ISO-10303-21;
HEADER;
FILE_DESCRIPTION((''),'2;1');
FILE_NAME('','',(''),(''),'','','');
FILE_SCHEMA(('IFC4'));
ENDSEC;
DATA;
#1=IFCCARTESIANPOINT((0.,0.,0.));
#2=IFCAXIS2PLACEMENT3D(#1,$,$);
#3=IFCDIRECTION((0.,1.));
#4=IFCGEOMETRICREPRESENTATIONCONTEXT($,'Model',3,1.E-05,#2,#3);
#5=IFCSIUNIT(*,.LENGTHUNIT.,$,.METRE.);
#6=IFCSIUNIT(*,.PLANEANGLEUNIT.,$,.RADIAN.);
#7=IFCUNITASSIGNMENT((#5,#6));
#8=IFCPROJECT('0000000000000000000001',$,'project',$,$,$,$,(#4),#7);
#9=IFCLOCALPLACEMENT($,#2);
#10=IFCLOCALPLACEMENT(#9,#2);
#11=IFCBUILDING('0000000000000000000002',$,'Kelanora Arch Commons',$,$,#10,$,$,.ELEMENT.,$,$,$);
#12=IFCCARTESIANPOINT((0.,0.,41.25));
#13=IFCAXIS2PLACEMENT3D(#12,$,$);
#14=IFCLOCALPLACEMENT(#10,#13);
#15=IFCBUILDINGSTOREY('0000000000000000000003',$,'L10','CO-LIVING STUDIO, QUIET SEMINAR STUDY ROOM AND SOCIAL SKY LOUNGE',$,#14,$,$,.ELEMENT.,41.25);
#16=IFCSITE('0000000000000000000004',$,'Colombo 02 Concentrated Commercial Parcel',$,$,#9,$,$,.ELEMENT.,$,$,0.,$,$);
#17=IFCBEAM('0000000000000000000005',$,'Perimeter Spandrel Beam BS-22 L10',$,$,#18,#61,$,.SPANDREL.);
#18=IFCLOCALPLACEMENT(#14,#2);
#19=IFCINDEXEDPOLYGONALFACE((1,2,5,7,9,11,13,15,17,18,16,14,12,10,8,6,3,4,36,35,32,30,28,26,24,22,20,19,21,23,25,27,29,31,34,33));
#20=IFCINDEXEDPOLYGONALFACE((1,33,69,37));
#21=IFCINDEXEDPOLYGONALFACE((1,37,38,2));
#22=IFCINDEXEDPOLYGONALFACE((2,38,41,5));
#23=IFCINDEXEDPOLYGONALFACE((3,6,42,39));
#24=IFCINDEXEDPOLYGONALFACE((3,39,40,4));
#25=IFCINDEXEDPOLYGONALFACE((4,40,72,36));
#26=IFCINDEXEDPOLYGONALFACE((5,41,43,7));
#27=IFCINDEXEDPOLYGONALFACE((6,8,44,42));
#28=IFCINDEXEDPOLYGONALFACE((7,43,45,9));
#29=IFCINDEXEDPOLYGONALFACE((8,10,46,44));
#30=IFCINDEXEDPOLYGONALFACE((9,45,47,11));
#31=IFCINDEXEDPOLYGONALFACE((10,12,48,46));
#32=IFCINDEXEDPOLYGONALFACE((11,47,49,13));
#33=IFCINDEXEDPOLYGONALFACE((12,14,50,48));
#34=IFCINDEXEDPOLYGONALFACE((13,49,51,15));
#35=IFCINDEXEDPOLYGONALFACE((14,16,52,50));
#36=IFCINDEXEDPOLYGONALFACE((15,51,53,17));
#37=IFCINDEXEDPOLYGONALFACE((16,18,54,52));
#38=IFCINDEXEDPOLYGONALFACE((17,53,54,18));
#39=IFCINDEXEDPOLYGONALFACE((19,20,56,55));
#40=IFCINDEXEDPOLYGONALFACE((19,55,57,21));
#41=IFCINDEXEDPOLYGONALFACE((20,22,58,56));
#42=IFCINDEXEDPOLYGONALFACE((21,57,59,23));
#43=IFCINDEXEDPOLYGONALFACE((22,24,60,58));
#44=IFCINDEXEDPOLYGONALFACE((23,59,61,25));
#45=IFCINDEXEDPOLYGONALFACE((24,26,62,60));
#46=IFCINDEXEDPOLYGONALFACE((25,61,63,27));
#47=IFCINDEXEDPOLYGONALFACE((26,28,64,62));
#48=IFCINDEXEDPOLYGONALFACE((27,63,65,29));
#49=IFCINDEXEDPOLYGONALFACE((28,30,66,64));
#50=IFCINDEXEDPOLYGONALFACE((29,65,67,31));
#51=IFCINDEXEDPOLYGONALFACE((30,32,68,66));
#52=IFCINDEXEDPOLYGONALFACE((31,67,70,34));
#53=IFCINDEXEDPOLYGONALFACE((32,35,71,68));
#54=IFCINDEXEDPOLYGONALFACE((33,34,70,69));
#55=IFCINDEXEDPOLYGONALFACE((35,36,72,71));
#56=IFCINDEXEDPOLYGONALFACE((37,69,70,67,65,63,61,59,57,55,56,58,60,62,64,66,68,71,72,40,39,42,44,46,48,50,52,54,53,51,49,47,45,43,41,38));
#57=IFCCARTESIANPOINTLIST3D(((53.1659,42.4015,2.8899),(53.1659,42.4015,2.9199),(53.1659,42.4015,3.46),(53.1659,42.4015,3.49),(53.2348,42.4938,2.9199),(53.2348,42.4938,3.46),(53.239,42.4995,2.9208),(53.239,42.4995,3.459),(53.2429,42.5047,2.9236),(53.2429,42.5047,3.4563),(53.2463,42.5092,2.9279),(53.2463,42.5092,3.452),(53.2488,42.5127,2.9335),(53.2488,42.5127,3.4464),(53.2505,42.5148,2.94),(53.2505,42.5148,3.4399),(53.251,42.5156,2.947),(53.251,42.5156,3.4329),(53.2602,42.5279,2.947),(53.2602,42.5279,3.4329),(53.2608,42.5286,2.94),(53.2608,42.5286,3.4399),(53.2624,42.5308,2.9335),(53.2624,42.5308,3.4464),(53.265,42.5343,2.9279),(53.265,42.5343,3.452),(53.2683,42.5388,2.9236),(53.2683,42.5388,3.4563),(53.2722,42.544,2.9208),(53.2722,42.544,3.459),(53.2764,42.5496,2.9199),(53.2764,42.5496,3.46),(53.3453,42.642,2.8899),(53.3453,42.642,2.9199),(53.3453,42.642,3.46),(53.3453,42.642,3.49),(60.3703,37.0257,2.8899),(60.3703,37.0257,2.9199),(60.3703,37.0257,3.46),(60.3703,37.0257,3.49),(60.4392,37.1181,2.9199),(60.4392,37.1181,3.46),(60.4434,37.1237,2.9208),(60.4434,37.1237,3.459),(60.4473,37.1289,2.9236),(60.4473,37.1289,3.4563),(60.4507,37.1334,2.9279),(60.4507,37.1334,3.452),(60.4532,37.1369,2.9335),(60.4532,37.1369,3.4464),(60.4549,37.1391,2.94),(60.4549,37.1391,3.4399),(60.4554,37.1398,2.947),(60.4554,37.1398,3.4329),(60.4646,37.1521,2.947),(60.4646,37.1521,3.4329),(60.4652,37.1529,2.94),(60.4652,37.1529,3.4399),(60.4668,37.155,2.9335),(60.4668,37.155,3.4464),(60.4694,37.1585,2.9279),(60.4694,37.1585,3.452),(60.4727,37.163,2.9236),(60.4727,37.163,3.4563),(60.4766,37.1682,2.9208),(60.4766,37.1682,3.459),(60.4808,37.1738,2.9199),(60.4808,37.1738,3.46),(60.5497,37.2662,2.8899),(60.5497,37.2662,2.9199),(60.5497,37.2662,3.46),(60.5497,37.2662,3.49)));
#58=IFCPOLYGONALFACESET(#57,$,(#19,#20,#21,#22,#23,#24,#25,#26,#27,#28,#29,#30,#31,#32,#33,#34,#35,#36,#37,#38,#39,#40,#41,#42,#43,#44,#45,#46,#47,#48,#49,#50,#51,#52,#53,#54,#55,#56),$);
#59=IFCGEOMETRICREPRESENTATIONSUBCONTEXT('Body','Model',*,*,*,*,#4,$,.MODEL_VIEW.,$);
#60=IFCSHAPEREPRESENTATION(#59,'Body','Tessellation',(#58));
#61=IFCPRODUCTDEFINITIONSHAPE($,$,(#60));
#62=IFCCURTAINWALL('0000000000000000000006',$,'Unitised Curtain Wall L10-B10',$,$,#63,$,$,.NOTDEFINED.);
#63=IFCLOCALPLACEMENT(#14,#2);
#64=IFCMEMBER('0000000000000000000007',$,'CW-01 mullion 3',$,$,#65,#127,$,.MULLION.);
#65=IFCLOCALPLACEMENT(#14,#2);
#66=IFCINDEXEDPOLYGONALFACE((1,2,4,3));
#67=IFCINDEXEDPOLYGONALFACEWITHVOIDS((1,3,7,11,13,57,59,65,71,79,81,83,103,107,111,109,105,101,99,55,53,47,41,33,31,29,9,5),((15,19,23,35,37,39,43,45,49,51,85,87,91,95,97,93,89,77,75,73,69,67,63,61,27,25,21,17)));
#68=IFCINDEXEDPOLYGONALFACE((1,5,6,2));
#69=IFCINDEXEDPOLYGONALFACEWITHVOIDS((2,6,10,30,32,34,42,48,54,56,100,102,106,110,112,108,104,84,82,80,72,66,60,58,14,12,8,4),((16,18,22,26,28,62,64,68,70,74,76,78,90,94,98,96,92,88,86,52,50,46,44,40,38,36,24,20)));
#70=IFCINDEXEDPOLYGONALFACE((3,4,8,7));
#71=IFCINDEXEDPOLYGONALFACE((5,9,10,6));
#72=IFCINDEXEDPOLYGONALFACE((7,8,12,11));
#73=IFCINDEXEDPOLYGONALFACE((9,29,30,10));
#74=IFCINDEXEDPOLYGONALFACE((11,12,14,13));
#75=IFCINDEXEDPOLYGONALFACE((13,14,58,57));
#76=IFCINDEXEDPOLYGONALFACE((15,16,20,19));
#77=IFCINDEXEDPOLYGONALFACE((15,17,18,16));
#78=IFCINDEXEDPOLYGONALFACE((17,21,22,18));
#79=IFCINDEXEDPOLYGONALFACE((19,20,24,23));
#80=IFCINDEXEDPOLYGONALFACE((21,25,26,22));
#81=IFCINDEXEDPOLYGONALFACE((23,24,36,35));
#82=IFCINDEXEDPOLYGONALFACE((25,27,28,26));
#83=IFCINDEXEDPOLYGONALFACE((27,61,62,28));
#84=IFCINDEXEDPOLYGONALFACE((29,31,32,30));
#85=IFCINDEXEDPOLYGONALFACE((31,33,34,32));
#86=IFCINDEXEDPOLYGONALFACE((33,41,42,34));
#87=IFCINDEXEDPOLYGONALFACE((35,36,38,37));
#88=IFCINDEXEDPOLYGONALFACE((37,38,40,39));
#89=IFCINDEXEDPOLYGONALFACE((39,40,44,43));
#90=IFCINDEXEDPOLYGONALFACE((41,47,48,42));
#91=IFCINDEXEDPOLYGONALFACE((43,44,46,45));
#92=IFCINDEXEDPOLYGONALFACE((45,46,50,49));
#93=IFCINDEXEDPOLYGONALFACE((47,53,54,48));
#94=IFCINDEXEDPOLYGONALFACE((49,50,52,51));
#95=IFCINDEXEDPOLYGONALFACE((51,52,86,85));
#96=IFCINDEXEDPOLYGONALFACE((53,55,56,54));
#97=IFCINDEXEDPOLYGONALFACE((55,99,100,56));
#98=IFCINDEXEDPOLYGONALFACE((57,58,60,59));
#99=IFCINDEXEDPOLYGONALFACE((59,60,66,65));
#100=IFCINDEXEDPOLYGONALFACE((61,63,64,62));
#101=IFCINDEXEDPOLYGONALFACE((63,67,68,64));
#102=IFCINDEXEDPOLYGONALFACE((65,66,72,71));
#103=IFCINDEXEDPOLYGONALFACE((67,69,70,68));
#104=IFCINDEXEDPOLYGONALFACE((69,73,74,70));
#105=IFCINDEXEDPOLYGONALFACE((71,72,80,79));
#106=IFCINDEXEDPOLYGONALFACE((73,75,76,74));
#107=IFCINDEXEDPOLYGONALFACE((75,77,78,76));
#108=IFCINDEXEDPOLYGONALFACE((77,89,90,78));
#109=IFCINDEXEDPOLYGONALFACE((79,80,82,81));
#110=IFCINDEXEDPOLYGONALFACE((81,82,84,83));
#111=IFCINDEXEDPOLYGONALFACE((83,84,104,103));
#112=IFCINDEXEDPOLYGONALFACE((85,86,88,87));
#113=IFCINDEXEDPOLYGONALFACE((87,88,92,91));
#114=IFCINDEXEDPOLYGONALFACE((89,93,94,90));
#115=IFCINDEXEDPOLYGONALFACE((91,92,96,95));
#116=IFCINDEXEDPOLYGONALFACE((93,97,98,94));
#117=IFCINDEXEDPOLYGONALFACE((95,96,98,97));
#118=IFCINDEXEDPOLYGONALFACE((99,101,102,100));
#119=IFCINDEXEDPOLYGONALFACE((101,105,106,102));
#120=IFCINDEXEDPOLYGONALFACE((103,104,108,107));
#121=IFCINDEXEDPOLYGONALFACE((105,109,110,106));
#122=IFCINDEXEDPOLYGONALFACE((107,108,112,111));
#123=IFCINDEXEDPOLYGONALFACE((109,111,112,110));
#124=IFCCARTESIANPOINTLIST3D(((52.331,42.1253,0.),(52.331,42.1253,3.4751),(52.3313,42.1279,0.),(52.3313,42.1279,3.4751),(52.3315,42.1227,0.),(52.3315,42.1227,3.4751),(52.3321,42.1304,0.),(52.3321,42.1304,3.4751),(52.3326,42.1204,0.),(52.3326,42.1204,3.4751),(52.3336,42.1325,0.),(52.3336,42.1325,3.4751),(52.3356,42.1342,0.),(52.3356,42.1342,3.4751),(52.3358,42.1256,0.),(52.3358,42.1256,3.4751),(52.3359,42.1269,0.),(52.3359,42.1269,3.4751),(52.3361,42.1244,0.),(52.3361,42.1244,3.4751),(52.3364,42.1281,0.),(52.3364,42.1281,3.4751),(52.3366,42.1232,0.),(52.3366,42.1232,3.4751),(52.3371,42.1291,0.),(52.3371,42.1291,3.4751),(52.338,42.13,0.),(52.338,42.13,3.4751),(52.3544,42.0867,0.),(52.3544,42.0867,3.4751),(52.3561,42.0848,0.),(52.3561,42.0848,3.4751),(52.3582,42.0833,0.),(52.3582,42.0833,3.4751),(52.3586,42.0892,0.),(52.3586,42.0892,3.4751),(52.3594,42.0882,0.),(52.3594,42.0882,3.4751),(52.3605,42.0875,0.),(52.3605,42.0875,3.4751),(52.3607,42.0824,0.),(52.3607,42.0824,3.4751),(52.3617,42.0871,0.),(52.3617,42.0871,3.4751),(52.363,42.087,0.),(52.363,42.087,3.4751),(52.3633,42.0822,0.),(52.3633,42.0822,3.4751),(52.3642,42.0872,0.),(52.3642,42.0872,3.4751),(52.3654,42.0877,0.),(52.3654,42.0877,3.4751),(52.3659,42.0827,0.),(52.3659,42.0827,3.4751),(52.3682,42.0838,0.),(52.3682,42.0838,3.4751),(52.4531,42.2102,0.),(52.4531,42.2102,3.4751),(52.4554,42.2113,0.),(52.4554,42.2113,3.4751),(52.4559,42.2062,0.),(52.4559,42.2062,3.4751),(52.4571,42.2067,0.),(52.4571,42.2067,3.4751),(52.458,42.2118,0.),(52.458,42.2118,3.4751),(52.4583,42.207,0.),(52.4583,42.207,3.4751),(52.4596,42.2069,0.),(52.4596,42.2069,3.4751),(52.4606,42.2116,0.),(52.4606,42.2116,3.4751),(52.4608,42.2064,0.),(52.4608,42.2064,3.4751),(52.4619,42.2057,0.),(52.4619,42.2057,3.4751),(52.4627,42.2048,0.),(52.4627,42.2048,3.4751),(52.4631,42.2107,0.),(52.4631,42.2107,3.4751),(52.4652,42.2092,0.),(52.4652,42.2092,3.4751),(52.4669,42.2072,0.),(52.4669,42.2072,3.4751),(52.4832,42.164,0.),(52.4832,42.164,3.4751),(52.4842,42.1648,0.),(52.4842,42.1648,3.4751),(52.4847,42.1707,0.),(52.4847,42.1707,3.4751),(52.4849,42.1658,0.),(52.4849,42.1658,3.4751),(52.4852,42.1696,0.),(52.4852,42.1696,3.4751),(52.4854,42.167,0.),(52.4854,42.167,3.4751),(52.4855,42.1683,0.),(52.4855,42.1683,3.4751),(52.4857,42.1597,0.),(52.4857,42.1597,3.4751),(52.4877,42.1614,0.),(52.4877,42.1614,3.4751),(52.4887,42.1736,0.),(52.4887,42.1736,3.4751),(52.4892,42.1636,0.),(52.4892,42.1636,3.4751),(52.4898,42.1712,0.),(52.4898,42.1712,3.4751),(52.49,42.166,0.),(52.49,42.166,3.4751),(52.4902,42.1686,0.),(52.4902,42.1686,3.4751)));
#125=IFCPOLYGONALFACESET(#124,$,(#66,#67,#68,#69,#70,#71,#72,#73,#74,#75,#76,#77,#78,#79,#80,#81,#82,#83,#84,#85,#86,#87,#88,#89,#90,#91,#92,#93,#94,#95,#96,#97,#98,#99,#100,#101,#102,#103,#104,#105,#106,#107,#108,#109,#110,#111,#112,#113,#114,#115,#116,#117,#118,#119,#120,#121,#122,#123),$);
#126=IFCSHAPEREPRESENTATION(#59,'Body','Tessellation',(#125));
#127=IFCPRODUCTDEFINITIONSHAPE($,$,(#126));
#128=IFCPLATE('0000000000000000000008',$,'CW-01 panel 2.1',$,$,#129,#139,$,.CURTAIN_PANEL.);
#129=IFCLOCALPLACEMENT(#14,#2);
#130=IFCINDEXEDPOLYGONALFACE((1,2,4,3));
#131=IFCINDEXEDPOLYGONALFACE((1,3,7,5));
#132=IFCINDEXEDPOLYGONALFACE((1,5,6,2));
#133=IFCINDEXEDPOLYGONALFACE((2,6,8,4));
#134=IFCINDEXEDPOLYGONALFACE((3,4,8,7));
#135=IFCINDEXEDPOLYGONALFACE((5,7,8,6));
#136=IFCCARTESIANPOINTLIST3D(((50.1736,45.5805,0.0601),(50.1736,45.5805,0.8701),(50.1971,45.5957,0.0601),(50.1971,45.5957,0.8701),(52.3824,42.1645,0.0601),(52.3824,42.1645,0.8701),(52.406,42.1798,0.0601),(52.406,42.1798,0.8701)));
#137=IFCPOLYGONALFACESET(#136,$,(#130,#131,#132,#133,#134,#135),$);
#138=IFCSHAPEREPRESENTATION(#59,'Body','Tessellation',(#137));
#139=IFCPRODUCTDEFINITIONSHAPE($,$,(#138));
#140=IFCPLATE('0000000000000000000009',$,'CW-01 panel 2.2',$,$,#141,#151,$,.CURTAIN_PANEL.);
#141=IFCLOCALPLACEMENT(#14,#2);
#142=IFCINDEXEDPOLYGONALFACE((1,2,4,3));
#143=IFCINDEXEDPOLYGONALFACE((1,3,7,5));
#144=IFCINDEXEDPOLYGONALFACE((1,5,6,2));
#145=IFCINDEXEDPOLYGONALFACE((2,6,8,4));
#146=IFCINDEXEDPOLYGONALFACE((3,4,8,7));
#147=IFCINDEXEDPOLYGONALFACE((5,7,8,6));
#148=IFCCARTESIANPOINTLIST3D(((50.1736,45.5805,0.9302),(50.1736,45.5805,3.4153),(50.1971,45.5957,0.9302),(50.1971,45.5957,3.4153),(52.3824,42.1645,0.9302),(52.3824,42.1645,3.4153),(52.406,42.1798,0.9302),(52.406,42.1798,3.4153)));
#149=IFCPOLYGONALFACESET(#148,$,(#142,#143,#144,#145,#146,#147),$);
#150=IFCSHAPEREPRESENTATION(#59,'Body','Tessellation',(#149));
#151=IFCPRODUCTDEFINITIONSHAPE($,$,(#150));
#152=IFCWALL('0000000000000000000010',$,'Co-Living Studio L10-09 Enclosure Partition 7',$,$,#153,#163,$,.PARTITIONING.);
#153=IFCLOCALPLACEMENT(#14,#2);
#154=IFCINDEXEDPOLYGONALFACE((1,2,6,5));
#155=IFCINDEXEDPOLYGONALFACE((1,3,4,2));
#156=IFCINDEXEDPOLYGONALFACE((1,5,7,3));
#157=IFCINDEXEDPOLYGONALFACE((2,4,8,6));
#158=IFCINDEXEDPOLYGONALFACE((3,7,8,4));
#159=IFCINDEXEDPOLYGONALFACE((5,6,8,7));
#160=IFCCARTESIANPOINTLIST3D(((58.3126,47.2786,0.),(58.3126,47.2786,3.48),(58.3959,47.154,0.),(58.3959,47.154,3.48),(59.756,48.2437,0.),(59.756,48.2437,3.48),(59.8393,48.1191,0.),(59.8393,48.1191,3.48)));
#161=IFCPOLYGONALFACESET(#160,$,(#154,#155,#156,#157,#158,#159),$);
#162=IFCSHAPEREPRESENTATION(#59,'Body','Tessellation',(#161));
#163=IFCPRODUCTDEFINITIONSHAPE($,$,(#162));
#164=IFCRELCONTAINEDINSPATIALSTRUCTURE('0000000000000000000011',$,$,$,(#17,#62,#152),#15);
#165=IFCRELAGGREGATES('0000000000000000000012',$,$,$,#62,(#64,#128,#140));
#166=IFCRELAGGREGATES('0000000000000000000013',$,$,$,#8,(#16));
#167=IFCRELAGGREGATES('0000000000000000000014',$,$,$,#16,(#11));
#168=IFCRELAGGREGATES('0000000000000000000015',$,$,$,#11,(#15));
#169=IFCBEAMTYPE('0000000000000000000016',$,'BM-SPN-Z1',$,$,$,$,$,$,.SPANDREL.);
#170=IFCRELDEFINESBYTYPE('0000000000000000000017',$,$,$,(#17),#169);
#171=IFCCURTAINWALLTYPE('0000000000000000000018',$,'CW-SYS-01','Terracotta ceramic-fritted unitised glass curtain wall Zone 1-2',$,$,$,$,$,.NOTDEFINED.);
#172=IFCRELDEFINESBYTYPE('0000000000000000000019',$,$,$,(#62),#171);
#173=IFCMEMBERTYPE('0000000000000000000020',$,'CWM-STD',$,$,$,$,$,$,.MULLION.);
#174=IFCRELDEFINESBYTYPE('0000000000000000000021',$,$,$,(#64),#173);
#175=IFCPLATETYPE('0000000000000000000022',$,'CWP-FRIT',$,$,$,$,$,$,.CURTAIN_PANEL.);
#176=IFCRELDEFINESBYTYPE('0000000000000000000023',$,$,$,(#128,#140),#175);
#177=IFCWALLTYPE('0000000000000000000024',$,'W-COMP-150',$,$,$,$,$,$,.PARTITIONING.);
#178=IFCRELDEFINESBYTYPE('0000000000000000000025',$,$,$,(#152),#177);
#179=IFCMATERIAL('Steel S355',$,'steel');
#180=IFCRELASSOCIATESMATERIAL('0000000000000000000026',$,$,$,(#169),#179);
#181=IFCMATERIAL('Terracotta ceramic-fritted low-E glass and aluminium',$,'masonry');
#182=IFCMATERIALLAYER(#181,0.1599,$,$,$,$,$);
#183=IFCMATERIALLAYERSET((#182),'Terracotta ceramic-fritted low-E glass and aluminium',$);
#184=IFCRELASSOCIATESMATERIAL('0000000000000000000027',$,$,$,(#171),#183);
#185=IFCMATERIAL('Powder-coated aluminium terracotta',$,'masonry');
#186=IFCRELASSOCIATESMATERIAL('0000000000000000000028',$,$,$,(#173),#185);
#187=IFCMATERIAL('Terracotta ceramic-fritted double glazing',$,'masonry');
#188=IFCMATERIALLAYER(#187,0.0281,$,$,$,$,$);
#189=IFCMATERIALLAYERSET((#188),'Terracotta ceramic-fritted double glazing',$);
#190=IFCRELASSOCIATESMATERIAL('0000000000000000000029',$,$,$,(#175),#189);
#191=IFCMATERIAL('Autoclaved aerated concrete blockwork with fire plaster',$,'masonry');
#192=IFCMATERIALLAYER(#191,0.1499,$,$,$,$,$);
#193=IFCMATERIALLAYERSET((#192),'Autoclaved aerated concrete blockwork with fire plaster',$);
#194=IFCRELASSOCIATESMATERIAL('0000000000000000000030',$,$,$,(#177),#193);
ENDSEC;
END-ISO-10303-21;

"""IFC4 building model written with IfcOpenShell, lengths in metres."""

from ifc_helpers import new_model, si_unit, direction, frame, frame_2d, origin, origin_2d, place, context, subcontext, project, spatial, rectangle, hollow_rectangle, i_section, extrude, source, transform, mapped, material, layer, layer_set, material_profile, profile_set, type_object, element, aggregate, save


model = new_model("IFC4")

# Units and contexts
model_context = context("Model", 3, precision=1e-05, world=origin(), true_north=direction((0.0, 1.0)))
body_context = subcontext(model_context, "Body", "Model", "MODEL_VIEW")
ifc_project = project(units=[si_unit("LENGTHUNIT", "METRE"), si_unit("PLANEANGLEUNIT", "RADIAN")], contexts=[model_context])

# Site, building, storey
site_placement = place(None, origin())
site = spatial("IfcSite", under=ifc_project, at=site_placement, Name="Colombo 02 Concentrated Commercial Parcel", CompositionType="ELEMENT", RefElevation=0.0)
building_placement = place(site_placement, origin())
building = spatial("IfcBuilding", under=site, at=building_placement, Name="Kelanora Arch Commons", CompositionType="ELEMENT")
storey_placement = place(building_placement, frame((0.0, 0.0, 41.25)))
storey = spatial("IfcBuildingStorey", under=building, at=storey_placement, Name="L10", Description="CO-LIVING STUDIO, QUIET SEMINAR STUDY ROOM AND SOCIAL SKY LOUNGE", CompositionType="ELEMENT", Elevation=41.25)

# Beam
ifc_material_1 = material(Name="Steel S355", Category="steel")
ifc_material_profile_1 = material_profile(ifc_material_1, i_section(OverallWidth=0.3, OverallDepth=0.6001, WebThickness=0.0154, FlangeThickness=0.03, FilletRadius=0.0271, at=origin_2d()), Name="HEB600")
ifc_profile_set_1 = profile_set([ifc_material_profile_1], Name="Steel S355")
beam_type_1 = type_object("IfcBeamType", Name="BM-SPN-Z1", PredefinedType="SPANDREL", material=ifc_profile_set_1)
beam_1_placement = place(storey_placement, frame((53.2556, 42.5217, 3.1899), z_axis=(0.801468, -0.598038, 0.0), x_axis=(0.598038, 0.801468, 0.0)))
element("IfcBeam", 1, at=beam_1_placement, inside=storey, type_object=beam_type_1, Name="Perimeter Spandrel Beam BS-22 L10", PredefinedType="SPANDREL", context=body_context, shape_type="SweptSolid", body=[
    extrude(i_section(OverallWidth=0.3, OverallDepth=0.6001, WebThickness=0.0154, FlangeThickness=0.03, FilletRadius=0.0271, at=origin_2d()), origin(), (0.0, 0.0, 1.0), 8.989),
])

# Curtain wall, member, plates
ifc_material_2 = material(Name="Terracotta ceramic-fritted low-E glass and aluminium", Category="masonry")
ifc_layer_1 = layer(ifc_material_2, 0.1599)
ifc_layer_set_1 = layer_set([ifc_layer_1], Name="Terracotta ceramic-fritted low-E glass and aluminium")
curtain_wall_type = type_object("IfcCurtainWallType", Name="CW-SYS-01", Description="Terracotta ceramic-fritted unitised glass curtain wall Zone 1-2", PredefinedType="NOTDEFINED", material=ifc_layer_set_1)
curtain_wall_placement = place(storey_placement, origin())
curtain_wall = element("IfcCurtainWall", 2, at=curtain_wall_placement, inside=storey, type_object=curtain_wall_type, Name="Unitised Curtain Wall L10-B10", PredefinedType="NOTDEFINED")
ifc_material_3 = material(Name="Powder-coated aluminium terracotta", Category="masonry")
ifc_material_profile_2 = material_profile(ifc_material_3, hollow_rectangle(XDim=0.1599, YDim=0.0601, WallThickness=0.0049, InnerFilletRadius=0.0049, OuterFilletRadius=0.01, at=origin_2d()), Name="CWM160x60")
ifc_profile_set_2 = profile_set([ifc_material_profile_2], Name="Powder-coated aluminium terracotta")
member_type = type_object("IfcMemberType", Name="CWM-STD", PredefinedType="MULLION", material=ifc_profile_set_2)
member_placement = place(storey_placement, frame((52.4106, 42.147, 0.0), z_axis=(0.0, 0.0, 1.0), x_axis=(0.83973, 0.543004, 0.0)))
member = element("IfcMember", 3, at=member_placement, type_object=member_type, Name="CW-01 mullion 3", PredefinedType="MULLION", context=body_context, shape_type="SweptSolid", body=[
    extrude(hollow_rectangle(XDim=0.1599, YDim=0.0601, WallThickness=0.0049, InnerFilletRadius=0.0049, OuterFilletRadius=0.01, at=origin_2d()), origin(), (0.0, 0.0, 1.0), 3.4751),
])
ifc_material_4 = material(Name="Terracotta ceramic-fritted double glazing", Category="masonry")
ifc_layer_2 = layer(ifc_material_4, 0.0281)
ifc_layer_set_2 = layer_set([ifc_layer_2], Name="Terracotta ceramic-fritted double glazing")
plate_type = type_object("IfcPlateType", Name="CWP-FRIT", PredefinedType="CURTAIN_PANEL", material=ifc_layer_set_2)
shared_shape_1 = source(origin(), body_context, "Body", "SweptSolid", [
    extrude(rectangle(XDim=4.0679, YDim=0.0281, at=origin_2d()), origin(), (0.0, 0.0, 1.0), 0.8101),
])
plate_1_placement = place(storey_placement, frame((51.2898, 43.8801, 0.0601), z_axis=(0.0, 0.0, 1.0), x_axis=(0.543004, -0.83973, 0.0)))
plate_1 = element("IfcPlate", 4, at=plate_1_placement, type_object=plate_type, Name="CW-01 panel 2.1", PredefinedType="CURTAIN_PANEL", context=body_context, shape_type="MappedRepresentation", body=[
    mapped(shared_shape_1, transform((0.0, 0.0, 0.0), scale=1.0)),
])
shared_shape_2 = source(origin(), body_context, "Body", "SweptSolid", [
    extrude(rectangle(XDim=4.0679, YDim=0.0281, at=origin_2d()), origin(), (0.0, 0.0, 1.0), 2.4851),
])
plate_2_placement = place(storey_placement, frame((51.2898, 43.8801, 0.9302), z_axis=(0.0, 0.0, 1.0), x_axis=(0.543004, -0.83973, 0.0)))
plate_2 = element("IfcPlate", 5, at=plate_2_placement, type_object=plate_type, Name="CW-01 panel 2.2", PredefinedType="CURTAIN_PANEL", context=body_context, shape_type="MappedRepresentation", body=[
    mapped(shared_shape_2, transform((0.0, 0.0, 0.0), scale=1.0)),
])
aggregate(curtain_wall, [member, plate_1, plate_2])

# Wall
ifc_material_5 = material(Name="Autoclaved aerated concrete blockwork with fire plaster", Category="masonry")
ifc_layer_3 = layer(ifc_material_5, 0.1499)
ifc_layer_set_3 = layer_set([ifc_layer_3], Name="Autoclaved aerated concrete blockwork with fire plaster")
wall_type_1 = type_object("IfcWallType", Name="W-COMP-150", PredefinedType="PARTITIONING", material=ifc_layer_set_3)
wall_1_placement = place(storey_placement, frame((58.3542, 47.2163, 0.0), z_axis=(0.0, 0.0, 1.0), x_axis=(0.831292, 0.555835, 0.0)))
element("IfcWall", 6, at=wall_1_placement, inside=storey, type_object=wall_type_1, Name="Co-Living Studio L10-09 Enclosure Partition 7", PredefinedType="PARTITIONING", context=body_context, shape_type="SweptSolid", body=[
    extrude(rectangle(XDim=1.7363, YDim=0.1499, at=frame_2d((0.8682, 0.0))), origin(), (0.0, 0.0, 1.0), 3.48),
])

save(model, "model.ifc")
